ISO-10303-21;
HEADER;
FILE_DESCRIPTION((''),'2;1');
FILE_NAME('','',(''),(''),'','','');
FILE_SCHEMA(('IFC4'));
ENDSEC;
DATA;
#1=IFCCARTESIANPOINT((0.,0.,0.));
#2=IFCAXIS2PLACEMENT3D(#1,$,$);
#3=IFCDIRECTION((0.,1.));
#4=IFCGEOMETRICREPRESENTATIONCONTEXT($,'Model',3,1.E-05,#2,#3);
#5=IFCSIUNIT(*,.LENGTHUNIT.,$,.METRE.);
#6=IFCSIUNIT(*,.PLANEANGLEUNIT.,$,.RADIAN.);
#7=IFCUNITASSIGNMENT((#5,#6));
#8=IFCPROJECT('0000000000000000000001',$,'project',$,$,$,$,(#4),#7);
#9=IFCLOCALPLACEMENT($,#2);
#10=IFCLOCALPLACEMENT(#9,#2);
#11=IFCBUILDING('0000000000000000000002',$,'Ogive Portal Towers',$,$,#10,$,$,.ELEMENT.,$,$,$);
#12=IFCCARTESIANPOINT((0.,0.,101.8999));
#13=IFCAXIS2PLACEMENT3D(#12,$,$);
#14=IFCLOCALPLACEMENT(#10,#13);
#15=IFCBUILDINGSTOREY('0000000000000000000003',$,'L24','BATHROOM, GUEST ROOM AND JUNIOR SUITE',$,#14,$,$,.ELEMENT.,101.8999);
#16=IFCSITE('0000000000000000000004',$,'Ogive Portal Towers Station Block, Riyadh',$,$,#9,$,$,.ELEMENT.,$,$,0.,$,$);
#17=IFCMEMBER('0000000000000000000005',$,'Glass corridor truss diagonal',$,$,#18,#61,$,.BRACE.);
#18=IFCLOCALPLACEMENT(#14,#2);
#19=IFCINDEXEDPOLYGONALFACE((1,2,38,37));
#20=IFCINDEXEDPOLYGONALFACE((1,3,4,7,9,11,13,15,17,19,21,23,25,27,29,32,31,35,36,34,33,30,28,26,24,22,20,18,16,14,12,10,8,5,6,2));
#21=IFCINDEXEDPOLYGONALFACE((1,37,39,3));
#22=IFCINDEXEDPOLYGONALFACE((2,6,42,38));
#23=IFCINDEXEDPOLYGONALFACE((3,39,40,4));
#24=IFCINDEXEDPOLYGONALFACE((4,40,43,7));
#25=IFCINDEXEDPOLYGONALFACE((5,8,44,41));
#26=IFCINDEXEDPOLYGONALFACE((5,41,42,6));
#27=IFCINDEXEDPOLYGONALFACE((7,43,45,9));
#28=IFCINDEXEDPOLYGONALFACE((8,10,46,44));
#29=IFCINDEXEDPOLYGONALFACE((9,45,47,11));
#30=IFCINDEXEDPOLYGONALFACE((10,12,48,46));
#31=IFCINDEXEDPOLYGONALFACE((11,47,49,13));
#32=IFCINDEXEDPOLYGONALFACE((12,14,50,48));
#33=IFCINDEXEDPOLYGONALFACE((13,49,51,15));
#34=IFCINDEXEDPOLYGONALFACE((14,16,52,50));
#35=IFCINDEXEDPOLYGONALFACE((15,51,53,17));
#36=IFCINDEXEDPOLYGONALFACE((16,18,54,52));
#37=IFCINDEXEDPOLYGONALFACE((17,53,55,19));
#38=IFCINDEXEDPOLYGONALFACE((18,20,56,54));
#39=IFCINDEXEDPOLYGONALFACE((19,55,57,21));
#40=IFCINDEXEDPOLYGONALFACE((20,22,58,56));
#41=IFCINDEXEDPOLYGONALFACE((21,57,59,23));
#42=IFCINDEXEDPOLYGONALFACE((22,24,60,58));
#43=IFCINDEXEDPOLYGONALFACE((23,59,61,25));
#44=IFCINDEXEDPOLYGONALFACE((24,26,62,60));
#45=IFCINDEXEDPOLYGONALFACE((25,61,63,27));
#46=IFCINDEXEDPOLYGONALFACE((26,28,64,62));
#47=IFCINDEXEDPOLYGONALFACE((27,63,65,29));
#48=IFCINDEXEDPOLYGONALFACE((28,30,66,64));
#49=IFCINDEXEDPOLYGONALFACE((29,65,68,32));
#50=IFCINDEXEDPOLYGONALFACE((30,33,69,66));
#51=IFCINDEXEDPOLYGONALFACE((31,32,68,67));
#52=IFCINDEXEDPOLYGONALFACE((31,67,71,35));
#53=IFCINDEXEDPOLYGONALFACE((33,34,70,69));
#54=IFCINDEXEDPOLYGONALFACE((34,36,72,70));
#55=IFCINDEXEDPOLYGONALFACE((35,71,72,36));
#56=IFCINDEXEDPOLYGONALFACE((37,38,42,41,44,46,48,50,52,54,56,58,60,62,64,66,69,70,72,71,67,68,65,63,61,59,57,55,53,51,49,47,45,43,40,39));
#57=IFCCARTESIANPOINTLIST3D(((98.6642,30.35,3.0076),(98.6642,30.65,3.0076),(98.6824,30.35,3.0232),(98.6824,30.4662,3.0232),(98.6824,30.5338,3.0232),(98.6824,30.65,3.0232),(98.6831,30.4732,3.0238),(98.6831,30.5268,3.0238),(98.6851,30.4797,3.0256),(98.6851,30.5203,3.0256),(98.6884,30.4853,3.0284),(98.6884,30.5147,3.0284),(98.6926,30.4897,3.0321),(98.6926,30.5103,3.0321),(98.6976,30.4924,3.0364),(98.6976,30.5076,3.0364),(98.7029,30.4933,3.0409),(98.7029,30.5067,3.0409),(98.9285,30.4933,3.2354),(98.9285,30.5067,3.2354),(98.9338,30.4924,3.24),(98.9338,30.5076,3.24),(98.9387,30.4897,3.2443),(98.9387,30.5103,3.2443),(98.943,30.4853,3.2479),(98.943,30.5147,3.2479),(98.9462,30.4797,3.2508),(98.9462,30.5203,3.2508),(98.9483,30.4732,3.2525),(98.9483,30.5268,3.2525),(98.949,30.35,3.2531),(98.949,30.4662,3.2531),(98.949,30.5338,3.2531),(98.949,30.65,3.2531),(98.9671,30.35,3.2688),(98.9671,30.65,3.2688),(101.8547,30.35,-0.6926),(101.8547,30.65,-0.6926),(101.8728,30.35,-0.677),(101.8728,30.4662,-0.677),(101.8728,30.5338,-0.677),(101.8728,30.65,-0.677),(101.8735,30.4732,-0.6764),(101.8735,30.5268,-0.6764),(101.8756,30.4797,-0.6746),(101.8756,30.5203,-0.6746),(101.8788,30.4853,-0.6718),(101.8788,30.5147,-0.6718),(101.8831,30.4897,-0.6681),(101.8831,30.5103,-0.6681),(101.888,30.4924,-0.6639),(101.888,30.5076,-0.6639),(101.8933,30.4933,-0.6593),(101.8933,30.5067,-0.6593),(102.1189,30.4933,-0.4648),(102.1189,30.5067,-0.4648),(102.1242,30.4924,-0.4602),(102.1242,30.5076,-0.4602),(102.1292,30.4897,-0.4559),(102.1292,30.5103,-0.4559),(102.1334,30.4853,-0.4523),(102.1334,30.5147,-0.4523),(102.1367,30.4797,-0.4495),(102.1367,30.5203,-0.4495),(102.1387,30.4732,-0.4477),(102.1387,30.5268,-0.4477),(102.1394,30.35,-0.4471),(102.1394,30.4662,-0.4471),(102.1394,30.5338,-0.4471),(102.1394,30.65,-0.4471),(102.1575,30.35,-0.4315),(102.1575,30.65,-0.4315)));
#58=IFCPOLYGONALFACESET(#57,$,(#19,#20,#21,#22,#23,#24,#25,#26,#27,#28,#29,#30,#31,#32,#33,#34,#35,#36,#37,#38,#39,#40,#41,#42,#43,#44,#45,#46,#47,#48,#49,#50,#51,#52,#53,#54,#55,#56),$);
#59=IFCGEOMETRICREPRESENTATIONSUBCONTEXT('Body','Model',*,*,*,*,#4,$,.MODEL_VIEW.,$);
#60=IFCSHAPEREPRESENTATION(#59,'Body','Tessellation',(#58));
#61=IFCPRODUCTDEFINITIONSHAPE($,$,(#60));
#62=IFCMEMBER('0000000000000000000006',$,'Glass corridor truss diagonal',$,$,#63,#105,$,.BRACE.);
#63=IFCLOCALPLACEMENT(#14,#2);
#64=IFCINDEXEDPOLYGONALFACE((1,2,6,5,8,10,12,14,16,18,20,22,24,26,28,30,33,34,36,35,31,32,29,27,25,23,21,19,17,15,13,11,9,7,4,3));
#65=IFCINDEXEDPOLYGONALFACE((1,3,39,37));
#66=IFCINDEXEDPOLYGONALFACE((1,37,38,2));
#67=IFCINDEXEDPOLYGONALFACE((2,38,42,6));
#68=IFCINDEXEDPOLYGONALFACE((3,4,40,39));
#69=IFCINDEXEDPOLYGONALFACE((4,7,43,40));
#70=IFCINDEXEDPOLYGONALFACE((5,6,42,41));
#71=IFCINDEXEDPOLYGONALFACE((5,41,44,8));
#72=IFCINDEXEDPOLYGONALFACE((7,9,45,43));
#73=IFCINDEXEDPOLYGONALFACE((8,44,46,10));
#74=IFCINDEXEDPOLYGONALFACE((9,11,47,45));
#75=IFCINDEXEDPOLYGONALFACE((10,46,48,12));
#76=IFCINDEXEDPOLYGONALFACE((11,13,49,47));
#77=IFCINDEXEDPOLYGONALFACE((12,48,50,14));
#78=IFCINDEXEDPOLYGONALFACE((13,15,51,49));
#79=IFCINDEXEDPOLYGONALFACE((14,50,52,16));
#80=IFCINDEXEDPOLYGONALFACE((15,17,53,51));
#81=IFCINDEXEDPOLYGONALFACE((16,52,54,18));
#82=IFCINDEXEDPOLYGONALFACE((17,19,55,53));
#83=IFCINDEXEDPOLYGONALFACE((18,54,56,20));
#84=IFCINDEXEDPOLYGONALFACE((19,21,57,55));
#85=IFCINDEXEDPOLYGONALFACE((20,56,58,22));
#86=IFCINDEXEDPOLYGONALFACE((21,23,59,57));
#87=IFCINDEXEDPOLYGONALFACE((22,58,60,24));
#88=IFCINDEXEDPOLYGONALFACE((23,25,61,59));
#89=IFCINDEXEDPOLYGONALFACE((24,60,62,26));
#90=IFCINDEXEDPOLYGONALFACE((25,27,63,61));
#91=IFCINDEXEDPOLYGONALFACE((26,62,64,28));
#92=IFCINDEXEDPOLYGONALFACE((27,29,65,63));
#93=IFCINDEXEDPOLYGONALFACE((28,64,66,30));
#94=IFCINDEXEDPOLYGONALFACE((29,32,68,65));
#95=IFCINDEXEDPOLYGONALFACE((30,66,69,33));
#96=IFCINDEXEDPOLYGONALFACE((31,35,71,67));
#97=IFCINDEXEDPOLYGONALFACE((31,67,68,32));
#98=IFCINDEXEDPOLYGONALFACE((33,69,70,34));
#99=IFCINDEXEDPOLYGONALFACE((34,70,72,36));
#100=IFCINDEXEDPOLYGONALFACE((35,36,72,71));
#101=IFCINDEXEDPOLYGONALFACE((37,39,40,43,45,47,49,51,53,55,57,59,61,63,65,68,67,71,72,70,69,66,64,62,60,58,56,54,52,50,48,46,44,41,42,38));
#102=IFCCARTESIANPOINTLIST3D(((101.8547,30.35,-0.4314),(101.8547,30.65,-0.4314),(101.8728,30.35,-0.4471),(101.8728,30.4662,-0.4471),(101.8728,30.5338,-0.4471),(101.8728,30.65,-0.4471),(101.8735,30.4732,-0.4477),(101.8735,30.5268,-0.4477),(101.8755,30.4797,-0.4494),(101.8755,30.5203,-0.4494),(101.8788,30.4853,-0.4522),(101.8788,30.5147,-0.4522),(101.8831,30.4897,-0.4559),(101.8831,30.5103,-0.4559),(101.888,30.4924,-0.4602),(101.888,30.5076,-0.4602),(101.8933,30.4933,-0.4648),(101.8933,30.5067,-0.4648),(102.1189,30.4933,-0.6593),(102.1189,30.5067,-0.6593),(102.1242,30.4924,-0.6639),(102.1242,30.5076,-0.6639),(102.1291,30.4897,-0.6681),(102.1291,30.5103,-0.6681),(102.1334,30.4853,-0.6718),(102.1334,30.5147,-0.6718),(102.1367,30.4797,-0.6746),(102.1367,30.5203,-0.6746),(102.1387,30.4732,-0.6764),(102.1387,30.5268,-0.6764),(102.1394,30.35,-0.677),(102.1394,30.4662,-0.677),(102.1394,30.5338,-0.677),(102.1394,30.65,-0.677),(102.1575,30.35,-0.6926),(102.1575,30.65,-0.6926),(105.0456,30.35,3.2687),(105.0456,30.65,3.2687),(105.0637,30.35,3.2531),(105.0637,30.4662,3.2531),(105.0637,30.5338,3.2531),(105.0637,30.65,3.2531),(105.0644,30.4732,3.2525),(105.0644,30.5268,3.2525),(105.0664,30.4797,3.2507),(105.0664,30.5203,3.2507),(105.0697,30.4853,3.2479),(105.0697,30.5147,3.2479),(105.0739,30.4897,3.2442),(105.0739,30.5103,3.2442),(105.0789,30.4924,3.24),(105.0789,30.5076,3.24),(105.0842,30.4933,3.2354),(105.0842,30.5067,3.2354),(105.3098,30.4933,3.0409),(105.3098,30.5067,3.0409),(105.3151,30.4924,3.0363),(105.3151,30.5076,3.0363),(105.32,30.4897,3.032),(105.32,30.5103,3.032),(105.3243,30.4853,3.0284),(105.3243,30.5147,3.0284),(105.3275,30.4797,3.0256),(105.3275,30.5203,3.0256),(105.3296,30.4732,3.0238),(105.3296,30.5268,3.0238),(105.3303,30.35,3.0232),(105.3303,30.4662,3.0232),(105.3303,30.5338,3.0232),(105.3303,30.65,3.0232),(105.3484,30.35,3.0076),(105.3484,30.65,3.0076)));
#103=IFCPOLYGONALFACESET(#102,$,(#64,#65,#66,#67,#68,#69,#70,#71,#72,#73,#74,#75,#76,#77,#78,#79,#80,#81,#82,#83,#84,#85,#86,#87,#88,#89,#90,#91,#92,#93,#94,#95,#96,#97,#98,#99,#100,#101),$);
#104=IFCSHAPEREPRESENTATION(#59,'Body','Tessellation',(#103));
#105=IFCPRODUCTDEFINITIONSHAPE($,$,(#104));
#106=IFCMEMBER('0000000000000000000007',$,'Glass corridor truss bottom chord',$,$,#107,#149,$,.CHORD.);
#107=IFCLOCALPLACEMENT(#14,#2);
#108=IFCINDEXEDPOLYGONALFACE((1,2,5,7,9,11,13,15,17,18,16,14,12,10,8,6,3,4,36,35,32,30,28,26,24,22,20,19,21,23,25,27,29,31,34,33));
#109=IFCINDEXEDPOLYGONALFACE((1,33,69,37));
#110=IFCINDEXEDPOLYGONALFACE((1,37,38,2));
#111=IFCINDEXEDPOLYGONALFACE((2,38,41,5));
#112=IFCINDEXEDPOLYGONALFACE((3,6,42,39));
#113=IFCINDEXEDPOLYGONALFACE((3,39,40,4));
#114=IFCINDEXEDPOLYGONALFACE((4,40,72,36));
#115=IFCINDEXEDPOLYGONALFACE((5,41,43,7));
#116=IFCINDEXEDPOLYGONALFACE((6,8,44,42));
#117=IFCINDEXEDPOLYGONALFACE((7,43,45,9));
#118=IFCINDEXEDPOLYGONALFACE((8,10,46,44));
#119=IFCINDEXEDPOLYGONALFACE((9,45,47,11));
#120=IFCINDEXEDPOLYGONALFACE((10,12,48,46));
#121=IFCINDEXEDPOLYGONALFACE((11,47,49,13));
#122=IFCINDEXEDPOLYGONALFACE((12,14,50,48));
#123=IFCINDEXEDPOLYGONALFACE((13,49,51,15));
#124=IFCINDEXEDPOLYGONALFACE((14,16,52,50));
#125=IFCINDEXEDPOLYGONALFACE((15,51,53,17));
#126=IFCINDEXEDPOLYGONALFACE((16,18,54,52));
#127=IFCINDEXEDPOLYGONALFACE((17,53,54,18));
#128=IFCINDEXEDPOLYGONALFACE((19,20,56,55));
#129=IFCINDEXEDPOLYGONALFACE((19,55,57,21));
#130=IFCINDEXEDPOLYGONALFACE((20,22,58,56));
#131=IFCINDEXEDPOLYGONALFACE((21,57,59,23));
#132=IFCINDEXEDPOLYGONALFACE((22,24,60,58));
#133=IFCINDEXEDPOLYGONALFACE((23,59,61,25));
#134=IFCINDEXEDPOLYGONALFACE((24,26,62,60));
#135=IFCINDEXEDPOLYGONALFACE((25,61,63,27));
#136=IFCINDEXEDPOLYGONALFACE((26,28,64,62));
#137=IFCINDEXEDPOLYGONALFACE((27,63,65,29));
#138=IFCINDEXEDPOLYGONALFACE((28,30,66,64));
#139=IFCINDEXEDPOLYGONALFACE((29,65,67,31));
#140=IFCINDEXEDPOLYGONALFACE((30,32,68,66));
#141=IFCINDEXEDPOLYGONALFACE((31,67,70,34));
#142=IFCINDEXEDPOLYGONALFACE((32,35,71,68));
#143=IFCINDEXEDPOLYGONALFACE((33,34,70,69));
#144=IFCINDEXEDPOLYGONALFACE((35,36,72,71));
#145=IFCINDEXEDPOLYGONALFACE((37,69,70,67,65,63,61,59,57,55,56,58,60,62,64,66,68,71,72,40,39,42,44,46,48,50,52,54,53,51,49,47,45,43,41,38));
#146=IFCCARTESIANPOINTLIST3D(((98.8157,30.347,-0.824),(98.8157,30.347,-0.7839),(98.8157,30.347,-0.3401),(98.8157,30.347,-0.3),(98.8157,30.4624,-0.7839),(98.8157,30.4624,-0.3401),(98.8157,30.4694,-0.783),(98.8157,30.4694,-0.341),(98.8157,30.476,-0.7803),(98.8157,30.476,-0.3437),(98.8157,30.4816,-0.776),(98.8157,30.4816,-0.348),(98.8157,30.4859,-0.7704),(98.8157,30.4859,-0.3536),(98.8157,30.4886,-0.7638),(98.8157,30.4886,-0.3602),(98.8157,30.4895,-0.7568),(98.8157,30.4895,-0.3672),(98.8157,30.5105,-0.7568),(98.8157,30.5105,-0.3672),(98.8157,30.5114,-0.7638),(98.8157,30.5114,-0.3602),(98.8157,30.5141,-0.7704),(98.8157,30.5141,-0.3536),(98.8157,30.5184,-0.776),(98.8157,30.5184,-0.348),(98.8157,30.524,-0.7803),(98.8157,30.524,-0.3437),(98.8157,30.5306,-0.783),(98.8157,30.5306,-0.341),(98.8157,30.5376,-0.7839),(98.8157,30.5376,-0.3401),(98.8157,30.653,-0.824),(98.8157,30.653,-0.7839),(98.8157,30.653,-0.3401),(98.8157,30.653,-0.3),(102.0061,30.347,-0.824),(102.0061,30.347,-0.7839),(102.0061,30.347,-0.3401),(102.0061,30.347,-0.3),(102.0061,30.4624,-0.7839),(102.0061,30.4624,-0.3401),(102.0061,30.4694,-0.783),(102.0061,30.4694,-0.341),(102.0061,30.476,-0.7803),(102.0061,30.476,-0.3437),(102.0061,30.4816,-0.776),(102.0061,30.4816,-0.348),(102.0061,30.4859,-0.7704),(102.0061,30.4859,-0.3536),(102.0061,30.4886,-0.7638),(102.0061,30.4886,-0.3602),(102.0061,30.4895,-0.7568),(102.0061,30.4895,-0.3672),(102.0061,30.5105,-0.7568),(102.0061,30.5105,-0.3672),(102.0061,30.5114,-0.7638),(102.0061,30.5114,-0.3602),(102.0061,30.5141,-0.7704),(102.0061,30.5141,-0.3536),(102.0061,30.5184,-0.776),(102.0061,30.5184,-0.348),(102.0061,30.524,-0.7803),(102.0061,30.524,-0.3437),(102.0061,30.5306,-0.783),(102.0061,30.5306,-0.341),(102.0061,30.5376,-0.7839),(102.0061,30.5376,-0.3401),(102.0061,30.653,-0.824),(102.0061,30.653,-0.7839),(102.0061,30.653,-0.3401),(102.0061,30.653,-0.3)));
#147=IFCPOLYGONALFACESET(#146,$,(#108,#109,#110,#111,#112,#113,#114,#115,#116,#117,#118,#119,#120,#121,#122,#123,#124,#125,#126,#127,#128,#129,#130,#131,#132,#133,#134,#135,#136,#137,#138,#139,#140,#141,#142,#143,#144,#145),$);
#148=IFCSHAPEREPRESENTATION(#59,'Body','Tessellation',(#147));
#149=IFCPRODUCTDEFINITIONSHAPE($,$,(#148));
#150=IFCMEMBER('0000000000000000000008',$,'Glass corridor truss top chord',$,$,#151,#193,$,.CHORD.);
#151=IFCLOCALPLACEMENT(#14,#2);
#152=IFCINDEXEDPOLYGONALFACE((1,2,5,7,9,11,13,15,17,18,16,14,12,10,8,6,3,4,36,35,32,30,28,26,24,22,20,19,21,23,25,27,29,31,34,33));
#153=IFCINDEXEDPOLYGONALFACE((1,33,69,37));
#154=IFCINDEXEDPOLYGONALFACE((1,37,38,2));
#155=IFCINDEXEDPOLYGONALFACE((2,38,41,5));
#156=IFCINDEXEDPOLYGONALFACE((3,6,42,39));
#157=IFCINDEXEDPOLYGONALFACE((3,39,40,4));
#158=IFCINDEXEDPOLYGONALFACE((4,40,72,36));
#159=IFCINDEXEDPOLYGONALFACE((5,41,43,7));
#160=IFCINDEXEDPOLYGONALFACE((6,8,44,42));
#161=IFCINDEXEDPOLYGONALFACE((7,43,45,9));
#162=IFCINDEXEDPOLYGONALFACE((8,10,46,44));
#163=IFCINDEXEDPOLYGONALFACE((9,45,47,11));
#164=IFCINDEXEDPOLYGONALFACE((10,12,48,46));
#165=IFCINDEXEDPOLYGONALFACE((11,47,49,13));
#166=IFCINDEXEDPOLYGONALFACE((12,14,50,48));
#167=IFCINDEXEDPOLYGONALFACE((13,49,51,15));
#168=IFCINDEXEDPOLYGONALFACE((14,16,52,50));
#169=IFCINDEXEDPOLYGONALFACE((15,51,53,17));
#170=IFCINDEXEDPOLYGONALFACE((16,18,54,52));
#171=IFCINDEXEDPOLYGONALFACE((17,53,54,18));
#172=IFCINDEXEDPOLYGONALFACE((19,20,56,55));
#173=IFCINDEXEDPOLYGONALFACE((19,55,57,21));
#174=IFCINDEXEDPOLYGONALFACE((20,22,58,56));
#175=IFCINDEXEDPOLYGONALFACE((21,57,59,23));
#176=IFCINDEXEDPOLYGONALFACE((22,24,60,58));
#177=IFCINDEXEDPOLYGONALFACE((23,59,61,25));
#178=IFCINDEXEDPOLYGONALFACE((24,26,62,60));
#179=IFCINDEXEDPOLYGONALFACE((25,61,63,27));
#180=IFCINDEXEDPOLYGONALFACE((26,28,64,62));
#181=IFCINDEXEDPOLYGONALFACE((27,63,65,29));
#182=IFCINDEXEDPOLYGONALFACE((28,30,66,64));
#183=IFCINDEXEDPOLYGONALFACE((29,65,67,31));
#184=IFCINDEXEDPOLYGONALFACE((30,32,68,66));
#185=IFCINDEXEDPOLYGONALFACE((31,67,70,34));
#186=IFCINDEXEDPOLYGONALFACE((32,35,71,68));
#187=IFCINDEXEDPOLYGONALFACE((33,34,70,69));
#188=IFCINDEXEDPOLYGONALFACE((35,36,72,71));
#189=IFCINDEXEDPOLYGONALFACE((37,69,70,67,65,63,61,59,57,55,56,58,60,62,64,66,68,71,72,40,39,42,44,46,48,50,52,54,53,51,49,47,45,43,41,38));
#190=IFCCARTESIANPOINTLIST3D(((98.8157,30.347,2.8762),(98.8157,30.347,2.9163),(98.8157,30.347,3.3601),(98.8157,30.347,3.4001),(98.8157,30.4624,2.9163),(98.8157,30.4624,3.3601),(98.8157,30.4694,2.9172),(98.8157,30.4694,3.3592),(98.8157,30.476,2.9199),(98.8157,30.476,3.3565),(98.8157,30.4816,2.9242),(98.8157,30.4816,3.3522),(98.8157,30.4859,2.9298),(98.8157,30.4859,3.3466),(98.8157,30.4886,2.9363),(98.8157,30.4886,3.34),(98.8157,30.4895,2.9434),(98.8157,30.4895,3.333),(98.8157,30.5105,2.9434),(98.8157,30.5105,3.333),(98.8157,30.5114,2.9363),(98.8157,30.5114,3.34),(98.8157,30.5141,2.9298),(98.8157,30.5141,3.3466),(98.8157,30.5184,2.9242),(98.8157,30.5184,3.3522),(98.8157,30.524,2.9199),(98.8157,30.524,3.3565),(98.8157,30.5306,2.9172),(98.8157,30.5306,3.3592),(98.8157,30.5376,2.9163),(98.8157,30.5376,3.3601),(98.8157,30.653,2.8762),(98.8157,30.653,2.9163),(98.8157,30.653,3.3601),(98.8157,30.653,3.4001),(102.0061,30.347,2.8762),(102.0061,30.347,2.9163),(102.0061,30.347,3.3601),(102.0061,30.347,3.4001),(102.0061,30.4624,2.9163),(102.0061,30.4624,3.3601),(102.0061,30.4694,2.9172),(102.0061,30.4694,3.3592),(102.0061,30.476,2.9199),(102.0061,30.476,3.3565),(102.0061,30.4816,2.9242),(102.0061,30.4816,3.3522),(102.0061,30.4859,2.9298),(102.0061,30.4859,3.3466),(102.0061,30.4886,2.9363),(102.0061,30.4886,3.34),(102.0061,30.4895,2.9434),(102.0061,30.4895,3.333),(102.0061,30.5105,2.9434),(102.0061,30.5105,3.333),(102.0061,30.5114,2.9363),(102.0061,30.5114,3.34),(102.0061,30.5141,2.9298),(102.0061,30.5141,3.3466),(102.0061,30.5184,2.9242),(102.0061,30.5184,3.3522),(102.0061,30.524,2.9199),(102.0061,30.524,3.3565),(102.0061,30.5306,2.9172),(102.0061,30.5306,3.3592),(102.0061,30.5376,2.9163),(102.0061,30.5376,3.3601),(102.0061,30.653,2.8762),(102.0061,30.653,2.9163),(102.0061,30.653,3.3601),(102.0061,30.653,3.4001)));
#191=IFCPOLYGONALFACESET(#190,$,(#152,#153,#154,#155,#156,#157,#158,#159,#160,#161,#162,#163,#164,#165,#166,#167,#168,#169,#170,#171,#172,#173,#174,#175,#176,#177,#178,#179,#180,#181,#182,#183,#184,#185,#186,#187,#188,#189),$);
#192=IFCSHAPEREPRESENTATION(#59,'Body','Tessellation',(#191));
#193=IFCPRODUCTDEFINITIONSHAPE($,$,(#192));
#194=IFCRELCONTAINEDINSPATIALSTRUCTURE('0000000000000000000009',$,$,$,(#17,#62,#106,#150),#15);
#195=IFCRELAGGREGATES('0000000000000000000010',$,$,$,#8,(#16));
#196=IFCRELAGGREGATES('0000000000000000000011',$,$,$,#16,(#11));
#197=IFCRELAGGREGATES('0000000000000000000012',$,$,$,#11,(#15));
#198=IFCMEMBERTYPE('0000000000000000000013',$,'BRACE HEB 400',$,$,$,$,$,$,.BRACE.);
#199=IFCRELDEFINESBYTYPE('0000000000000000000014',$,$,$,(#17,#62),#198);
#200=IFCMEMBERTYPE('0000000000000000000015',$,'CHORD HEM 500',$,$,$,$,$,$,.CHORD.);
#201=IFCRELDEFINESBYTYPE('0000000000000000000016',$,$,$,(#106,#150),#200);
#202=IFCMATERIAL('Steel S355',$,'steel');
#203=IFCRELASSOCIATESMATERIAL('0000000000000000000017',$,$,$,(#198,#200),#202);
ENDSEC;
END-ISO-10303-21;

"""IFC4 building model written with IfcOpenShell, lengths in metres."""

from ifc_helpers import new_model, si_unit, direction, frame, origin, origin_2d, place, context, subcontext, project, spatial, i_section, extrude, material, material_profile, profile_set, type_object, element, save


model = new_model("IFC4")

# Units and contexts
model_context = context("Model", 3, precision=1e-05, world=origin(), true_north=direction((0.0, 1.0)))
body_context = subcontext(model_context, "Body", "Model", "MODEL_VIEW")
ifc_project = project(units=[si_unit("LENGTHUNIT", "METRE"), si_unit("PLANEANGLEUNIT", "RADIAN")], contexts=[model_context])

# Site, building, storey
site_placement = place(None, origin())
site = spatial("IfcSite", under=ifc_project, at=site_placement, Name="Ogive Portal Towers Station Block, Riyadh", CompositionType="ELEMENT", RefElevation=0.0)
building_placement = place(site_placement, origin())
building = spatial("IfcBuilding", under=site, at=building_placement, Name="Ogive Portal Towers", CompositionType="ELEMENT")
storey_placement = place(building_placement, frame((0.0, 0.0, 101.8999)))
storey = spatial("IfcBuildingStorey", under=building, at=storey_placement, Name="L24", Description="BATHROOM, GUEST ROOM AND JUNIOR SUITE", CompositionType="ELEMENT", Elevation=101.8999)

# Members
ifc_material_1 = material(Name="Steel S355", Category="steel")
ifc_material_profile_1 = material_profile(ifc_material_1, i_section(OverallWidth=0.3, OverallDepth=0.3999, WebThickness=0.0134, FlangeThickness=0.0239, FilletRadius=0.0271, at=origin_2d()), Name="HEB 400")
ifc_profile_set_1 = profile_set([ifc_material_profile_1], Name="Steel S355")
member_type_1 = type_object("IfcMemberType", Name="BRACE HEB 400", PredefinedType="BRACE", material=ifc_profile_set_1)
member_1_placement = place(storey_placement, frame((98.8157, 30.5, 3.1382), z_axis=(0.653011, 0.0, -0.757349), x_axis=(0.0, 1.0, 0.0)))
element("IfcMember", 1, at=member_1_placement, inside=storey, type_object=member_type_1, Name="Glass corridor truss diagonal", PredefinedType="BRACE", context=body_context, shape_type="SweptSolid", body=[
    extrude(i_section(OverallWidth=0.3, OverallDepth=0.3999, WebThickness=0.0134, FlangeThickness=0.0239, FilletRadius=0.0271, at=origin_2d()), origin(), (0.0, 0.0, 1.0), 4.8857),
])
member_2_placement = place(storey_placement, frame((102.0061, 30.5, -0.562), z_axis=(0.653068, 0.0, 0.757299), x_axis=(0.0, 1.0, 0.0)))
element("IfcMember", 2, at=member_2_placement, inside=storey, type_object=member_type_1, Name="Glass corridor truss diagonal", PredefinedType="BRACE", context=body_context, shape_type="SweptSolid", body=[
    extrude(i_section(OverallWidth=0.3, OverallDepth=0.3999, WebThickness=0.0134, FlangeThickness=0.0239, FilletRadius=0.0271, at=origin_2d()), origin(), (0.0, 0.0, 1.0), 4.886),
])
ifc_material_profile_2 = material_profile(ifc_material_1, i_section(OverallWidth=0.3059, OverallDepth=0.5239, WebThickness=0.021, FlangeThickness=0.04, FilletRadius=0.0271, at=origin_2d()), Name="HEM 500")
ifc_profile_set_2 = profile_set([ifc_material_profile_2], Name="Steel S355")
member_type_2 = type_object("IfcMemberType", Name="CHORD HEM 500", PredefinedType="CHORD", material=ifc_profile_set_2)
for number, where, z_axis, x_axis, name in (
    (3, (98.8157, 30.5, -0.562), (1.0, 0.0, 0.0), (0.0, 1.0, 0.0), "Glass corridor truss bottom chord"),
    (4, (98.8157, 30.5, 3.1382), (1.0, 0.0, 0.0), (0.0, 1.0, 0.0), "Glass corridor truss top chord"),
):
    element("IfcMember", number, at=place(storey_placement, frame(where, z_axis=z_axis, x_axis=x_axis)), inside=storey, type_object=member_type_2, Name=name, PredefinedType="CHORD", context=body_context, shape_type="SweptSolid", body=[
        extrude(i_section(OverallWidth=0.3059, OverallDepth=0.5239, WebThickness=0.021, FlangeThickness=0.04, FilletRadius=0.0271, at=origin_2d()), origin(), (0.0, 0.0, 1.0), 3.1904),
    ])

save(model, "model.ifc")
